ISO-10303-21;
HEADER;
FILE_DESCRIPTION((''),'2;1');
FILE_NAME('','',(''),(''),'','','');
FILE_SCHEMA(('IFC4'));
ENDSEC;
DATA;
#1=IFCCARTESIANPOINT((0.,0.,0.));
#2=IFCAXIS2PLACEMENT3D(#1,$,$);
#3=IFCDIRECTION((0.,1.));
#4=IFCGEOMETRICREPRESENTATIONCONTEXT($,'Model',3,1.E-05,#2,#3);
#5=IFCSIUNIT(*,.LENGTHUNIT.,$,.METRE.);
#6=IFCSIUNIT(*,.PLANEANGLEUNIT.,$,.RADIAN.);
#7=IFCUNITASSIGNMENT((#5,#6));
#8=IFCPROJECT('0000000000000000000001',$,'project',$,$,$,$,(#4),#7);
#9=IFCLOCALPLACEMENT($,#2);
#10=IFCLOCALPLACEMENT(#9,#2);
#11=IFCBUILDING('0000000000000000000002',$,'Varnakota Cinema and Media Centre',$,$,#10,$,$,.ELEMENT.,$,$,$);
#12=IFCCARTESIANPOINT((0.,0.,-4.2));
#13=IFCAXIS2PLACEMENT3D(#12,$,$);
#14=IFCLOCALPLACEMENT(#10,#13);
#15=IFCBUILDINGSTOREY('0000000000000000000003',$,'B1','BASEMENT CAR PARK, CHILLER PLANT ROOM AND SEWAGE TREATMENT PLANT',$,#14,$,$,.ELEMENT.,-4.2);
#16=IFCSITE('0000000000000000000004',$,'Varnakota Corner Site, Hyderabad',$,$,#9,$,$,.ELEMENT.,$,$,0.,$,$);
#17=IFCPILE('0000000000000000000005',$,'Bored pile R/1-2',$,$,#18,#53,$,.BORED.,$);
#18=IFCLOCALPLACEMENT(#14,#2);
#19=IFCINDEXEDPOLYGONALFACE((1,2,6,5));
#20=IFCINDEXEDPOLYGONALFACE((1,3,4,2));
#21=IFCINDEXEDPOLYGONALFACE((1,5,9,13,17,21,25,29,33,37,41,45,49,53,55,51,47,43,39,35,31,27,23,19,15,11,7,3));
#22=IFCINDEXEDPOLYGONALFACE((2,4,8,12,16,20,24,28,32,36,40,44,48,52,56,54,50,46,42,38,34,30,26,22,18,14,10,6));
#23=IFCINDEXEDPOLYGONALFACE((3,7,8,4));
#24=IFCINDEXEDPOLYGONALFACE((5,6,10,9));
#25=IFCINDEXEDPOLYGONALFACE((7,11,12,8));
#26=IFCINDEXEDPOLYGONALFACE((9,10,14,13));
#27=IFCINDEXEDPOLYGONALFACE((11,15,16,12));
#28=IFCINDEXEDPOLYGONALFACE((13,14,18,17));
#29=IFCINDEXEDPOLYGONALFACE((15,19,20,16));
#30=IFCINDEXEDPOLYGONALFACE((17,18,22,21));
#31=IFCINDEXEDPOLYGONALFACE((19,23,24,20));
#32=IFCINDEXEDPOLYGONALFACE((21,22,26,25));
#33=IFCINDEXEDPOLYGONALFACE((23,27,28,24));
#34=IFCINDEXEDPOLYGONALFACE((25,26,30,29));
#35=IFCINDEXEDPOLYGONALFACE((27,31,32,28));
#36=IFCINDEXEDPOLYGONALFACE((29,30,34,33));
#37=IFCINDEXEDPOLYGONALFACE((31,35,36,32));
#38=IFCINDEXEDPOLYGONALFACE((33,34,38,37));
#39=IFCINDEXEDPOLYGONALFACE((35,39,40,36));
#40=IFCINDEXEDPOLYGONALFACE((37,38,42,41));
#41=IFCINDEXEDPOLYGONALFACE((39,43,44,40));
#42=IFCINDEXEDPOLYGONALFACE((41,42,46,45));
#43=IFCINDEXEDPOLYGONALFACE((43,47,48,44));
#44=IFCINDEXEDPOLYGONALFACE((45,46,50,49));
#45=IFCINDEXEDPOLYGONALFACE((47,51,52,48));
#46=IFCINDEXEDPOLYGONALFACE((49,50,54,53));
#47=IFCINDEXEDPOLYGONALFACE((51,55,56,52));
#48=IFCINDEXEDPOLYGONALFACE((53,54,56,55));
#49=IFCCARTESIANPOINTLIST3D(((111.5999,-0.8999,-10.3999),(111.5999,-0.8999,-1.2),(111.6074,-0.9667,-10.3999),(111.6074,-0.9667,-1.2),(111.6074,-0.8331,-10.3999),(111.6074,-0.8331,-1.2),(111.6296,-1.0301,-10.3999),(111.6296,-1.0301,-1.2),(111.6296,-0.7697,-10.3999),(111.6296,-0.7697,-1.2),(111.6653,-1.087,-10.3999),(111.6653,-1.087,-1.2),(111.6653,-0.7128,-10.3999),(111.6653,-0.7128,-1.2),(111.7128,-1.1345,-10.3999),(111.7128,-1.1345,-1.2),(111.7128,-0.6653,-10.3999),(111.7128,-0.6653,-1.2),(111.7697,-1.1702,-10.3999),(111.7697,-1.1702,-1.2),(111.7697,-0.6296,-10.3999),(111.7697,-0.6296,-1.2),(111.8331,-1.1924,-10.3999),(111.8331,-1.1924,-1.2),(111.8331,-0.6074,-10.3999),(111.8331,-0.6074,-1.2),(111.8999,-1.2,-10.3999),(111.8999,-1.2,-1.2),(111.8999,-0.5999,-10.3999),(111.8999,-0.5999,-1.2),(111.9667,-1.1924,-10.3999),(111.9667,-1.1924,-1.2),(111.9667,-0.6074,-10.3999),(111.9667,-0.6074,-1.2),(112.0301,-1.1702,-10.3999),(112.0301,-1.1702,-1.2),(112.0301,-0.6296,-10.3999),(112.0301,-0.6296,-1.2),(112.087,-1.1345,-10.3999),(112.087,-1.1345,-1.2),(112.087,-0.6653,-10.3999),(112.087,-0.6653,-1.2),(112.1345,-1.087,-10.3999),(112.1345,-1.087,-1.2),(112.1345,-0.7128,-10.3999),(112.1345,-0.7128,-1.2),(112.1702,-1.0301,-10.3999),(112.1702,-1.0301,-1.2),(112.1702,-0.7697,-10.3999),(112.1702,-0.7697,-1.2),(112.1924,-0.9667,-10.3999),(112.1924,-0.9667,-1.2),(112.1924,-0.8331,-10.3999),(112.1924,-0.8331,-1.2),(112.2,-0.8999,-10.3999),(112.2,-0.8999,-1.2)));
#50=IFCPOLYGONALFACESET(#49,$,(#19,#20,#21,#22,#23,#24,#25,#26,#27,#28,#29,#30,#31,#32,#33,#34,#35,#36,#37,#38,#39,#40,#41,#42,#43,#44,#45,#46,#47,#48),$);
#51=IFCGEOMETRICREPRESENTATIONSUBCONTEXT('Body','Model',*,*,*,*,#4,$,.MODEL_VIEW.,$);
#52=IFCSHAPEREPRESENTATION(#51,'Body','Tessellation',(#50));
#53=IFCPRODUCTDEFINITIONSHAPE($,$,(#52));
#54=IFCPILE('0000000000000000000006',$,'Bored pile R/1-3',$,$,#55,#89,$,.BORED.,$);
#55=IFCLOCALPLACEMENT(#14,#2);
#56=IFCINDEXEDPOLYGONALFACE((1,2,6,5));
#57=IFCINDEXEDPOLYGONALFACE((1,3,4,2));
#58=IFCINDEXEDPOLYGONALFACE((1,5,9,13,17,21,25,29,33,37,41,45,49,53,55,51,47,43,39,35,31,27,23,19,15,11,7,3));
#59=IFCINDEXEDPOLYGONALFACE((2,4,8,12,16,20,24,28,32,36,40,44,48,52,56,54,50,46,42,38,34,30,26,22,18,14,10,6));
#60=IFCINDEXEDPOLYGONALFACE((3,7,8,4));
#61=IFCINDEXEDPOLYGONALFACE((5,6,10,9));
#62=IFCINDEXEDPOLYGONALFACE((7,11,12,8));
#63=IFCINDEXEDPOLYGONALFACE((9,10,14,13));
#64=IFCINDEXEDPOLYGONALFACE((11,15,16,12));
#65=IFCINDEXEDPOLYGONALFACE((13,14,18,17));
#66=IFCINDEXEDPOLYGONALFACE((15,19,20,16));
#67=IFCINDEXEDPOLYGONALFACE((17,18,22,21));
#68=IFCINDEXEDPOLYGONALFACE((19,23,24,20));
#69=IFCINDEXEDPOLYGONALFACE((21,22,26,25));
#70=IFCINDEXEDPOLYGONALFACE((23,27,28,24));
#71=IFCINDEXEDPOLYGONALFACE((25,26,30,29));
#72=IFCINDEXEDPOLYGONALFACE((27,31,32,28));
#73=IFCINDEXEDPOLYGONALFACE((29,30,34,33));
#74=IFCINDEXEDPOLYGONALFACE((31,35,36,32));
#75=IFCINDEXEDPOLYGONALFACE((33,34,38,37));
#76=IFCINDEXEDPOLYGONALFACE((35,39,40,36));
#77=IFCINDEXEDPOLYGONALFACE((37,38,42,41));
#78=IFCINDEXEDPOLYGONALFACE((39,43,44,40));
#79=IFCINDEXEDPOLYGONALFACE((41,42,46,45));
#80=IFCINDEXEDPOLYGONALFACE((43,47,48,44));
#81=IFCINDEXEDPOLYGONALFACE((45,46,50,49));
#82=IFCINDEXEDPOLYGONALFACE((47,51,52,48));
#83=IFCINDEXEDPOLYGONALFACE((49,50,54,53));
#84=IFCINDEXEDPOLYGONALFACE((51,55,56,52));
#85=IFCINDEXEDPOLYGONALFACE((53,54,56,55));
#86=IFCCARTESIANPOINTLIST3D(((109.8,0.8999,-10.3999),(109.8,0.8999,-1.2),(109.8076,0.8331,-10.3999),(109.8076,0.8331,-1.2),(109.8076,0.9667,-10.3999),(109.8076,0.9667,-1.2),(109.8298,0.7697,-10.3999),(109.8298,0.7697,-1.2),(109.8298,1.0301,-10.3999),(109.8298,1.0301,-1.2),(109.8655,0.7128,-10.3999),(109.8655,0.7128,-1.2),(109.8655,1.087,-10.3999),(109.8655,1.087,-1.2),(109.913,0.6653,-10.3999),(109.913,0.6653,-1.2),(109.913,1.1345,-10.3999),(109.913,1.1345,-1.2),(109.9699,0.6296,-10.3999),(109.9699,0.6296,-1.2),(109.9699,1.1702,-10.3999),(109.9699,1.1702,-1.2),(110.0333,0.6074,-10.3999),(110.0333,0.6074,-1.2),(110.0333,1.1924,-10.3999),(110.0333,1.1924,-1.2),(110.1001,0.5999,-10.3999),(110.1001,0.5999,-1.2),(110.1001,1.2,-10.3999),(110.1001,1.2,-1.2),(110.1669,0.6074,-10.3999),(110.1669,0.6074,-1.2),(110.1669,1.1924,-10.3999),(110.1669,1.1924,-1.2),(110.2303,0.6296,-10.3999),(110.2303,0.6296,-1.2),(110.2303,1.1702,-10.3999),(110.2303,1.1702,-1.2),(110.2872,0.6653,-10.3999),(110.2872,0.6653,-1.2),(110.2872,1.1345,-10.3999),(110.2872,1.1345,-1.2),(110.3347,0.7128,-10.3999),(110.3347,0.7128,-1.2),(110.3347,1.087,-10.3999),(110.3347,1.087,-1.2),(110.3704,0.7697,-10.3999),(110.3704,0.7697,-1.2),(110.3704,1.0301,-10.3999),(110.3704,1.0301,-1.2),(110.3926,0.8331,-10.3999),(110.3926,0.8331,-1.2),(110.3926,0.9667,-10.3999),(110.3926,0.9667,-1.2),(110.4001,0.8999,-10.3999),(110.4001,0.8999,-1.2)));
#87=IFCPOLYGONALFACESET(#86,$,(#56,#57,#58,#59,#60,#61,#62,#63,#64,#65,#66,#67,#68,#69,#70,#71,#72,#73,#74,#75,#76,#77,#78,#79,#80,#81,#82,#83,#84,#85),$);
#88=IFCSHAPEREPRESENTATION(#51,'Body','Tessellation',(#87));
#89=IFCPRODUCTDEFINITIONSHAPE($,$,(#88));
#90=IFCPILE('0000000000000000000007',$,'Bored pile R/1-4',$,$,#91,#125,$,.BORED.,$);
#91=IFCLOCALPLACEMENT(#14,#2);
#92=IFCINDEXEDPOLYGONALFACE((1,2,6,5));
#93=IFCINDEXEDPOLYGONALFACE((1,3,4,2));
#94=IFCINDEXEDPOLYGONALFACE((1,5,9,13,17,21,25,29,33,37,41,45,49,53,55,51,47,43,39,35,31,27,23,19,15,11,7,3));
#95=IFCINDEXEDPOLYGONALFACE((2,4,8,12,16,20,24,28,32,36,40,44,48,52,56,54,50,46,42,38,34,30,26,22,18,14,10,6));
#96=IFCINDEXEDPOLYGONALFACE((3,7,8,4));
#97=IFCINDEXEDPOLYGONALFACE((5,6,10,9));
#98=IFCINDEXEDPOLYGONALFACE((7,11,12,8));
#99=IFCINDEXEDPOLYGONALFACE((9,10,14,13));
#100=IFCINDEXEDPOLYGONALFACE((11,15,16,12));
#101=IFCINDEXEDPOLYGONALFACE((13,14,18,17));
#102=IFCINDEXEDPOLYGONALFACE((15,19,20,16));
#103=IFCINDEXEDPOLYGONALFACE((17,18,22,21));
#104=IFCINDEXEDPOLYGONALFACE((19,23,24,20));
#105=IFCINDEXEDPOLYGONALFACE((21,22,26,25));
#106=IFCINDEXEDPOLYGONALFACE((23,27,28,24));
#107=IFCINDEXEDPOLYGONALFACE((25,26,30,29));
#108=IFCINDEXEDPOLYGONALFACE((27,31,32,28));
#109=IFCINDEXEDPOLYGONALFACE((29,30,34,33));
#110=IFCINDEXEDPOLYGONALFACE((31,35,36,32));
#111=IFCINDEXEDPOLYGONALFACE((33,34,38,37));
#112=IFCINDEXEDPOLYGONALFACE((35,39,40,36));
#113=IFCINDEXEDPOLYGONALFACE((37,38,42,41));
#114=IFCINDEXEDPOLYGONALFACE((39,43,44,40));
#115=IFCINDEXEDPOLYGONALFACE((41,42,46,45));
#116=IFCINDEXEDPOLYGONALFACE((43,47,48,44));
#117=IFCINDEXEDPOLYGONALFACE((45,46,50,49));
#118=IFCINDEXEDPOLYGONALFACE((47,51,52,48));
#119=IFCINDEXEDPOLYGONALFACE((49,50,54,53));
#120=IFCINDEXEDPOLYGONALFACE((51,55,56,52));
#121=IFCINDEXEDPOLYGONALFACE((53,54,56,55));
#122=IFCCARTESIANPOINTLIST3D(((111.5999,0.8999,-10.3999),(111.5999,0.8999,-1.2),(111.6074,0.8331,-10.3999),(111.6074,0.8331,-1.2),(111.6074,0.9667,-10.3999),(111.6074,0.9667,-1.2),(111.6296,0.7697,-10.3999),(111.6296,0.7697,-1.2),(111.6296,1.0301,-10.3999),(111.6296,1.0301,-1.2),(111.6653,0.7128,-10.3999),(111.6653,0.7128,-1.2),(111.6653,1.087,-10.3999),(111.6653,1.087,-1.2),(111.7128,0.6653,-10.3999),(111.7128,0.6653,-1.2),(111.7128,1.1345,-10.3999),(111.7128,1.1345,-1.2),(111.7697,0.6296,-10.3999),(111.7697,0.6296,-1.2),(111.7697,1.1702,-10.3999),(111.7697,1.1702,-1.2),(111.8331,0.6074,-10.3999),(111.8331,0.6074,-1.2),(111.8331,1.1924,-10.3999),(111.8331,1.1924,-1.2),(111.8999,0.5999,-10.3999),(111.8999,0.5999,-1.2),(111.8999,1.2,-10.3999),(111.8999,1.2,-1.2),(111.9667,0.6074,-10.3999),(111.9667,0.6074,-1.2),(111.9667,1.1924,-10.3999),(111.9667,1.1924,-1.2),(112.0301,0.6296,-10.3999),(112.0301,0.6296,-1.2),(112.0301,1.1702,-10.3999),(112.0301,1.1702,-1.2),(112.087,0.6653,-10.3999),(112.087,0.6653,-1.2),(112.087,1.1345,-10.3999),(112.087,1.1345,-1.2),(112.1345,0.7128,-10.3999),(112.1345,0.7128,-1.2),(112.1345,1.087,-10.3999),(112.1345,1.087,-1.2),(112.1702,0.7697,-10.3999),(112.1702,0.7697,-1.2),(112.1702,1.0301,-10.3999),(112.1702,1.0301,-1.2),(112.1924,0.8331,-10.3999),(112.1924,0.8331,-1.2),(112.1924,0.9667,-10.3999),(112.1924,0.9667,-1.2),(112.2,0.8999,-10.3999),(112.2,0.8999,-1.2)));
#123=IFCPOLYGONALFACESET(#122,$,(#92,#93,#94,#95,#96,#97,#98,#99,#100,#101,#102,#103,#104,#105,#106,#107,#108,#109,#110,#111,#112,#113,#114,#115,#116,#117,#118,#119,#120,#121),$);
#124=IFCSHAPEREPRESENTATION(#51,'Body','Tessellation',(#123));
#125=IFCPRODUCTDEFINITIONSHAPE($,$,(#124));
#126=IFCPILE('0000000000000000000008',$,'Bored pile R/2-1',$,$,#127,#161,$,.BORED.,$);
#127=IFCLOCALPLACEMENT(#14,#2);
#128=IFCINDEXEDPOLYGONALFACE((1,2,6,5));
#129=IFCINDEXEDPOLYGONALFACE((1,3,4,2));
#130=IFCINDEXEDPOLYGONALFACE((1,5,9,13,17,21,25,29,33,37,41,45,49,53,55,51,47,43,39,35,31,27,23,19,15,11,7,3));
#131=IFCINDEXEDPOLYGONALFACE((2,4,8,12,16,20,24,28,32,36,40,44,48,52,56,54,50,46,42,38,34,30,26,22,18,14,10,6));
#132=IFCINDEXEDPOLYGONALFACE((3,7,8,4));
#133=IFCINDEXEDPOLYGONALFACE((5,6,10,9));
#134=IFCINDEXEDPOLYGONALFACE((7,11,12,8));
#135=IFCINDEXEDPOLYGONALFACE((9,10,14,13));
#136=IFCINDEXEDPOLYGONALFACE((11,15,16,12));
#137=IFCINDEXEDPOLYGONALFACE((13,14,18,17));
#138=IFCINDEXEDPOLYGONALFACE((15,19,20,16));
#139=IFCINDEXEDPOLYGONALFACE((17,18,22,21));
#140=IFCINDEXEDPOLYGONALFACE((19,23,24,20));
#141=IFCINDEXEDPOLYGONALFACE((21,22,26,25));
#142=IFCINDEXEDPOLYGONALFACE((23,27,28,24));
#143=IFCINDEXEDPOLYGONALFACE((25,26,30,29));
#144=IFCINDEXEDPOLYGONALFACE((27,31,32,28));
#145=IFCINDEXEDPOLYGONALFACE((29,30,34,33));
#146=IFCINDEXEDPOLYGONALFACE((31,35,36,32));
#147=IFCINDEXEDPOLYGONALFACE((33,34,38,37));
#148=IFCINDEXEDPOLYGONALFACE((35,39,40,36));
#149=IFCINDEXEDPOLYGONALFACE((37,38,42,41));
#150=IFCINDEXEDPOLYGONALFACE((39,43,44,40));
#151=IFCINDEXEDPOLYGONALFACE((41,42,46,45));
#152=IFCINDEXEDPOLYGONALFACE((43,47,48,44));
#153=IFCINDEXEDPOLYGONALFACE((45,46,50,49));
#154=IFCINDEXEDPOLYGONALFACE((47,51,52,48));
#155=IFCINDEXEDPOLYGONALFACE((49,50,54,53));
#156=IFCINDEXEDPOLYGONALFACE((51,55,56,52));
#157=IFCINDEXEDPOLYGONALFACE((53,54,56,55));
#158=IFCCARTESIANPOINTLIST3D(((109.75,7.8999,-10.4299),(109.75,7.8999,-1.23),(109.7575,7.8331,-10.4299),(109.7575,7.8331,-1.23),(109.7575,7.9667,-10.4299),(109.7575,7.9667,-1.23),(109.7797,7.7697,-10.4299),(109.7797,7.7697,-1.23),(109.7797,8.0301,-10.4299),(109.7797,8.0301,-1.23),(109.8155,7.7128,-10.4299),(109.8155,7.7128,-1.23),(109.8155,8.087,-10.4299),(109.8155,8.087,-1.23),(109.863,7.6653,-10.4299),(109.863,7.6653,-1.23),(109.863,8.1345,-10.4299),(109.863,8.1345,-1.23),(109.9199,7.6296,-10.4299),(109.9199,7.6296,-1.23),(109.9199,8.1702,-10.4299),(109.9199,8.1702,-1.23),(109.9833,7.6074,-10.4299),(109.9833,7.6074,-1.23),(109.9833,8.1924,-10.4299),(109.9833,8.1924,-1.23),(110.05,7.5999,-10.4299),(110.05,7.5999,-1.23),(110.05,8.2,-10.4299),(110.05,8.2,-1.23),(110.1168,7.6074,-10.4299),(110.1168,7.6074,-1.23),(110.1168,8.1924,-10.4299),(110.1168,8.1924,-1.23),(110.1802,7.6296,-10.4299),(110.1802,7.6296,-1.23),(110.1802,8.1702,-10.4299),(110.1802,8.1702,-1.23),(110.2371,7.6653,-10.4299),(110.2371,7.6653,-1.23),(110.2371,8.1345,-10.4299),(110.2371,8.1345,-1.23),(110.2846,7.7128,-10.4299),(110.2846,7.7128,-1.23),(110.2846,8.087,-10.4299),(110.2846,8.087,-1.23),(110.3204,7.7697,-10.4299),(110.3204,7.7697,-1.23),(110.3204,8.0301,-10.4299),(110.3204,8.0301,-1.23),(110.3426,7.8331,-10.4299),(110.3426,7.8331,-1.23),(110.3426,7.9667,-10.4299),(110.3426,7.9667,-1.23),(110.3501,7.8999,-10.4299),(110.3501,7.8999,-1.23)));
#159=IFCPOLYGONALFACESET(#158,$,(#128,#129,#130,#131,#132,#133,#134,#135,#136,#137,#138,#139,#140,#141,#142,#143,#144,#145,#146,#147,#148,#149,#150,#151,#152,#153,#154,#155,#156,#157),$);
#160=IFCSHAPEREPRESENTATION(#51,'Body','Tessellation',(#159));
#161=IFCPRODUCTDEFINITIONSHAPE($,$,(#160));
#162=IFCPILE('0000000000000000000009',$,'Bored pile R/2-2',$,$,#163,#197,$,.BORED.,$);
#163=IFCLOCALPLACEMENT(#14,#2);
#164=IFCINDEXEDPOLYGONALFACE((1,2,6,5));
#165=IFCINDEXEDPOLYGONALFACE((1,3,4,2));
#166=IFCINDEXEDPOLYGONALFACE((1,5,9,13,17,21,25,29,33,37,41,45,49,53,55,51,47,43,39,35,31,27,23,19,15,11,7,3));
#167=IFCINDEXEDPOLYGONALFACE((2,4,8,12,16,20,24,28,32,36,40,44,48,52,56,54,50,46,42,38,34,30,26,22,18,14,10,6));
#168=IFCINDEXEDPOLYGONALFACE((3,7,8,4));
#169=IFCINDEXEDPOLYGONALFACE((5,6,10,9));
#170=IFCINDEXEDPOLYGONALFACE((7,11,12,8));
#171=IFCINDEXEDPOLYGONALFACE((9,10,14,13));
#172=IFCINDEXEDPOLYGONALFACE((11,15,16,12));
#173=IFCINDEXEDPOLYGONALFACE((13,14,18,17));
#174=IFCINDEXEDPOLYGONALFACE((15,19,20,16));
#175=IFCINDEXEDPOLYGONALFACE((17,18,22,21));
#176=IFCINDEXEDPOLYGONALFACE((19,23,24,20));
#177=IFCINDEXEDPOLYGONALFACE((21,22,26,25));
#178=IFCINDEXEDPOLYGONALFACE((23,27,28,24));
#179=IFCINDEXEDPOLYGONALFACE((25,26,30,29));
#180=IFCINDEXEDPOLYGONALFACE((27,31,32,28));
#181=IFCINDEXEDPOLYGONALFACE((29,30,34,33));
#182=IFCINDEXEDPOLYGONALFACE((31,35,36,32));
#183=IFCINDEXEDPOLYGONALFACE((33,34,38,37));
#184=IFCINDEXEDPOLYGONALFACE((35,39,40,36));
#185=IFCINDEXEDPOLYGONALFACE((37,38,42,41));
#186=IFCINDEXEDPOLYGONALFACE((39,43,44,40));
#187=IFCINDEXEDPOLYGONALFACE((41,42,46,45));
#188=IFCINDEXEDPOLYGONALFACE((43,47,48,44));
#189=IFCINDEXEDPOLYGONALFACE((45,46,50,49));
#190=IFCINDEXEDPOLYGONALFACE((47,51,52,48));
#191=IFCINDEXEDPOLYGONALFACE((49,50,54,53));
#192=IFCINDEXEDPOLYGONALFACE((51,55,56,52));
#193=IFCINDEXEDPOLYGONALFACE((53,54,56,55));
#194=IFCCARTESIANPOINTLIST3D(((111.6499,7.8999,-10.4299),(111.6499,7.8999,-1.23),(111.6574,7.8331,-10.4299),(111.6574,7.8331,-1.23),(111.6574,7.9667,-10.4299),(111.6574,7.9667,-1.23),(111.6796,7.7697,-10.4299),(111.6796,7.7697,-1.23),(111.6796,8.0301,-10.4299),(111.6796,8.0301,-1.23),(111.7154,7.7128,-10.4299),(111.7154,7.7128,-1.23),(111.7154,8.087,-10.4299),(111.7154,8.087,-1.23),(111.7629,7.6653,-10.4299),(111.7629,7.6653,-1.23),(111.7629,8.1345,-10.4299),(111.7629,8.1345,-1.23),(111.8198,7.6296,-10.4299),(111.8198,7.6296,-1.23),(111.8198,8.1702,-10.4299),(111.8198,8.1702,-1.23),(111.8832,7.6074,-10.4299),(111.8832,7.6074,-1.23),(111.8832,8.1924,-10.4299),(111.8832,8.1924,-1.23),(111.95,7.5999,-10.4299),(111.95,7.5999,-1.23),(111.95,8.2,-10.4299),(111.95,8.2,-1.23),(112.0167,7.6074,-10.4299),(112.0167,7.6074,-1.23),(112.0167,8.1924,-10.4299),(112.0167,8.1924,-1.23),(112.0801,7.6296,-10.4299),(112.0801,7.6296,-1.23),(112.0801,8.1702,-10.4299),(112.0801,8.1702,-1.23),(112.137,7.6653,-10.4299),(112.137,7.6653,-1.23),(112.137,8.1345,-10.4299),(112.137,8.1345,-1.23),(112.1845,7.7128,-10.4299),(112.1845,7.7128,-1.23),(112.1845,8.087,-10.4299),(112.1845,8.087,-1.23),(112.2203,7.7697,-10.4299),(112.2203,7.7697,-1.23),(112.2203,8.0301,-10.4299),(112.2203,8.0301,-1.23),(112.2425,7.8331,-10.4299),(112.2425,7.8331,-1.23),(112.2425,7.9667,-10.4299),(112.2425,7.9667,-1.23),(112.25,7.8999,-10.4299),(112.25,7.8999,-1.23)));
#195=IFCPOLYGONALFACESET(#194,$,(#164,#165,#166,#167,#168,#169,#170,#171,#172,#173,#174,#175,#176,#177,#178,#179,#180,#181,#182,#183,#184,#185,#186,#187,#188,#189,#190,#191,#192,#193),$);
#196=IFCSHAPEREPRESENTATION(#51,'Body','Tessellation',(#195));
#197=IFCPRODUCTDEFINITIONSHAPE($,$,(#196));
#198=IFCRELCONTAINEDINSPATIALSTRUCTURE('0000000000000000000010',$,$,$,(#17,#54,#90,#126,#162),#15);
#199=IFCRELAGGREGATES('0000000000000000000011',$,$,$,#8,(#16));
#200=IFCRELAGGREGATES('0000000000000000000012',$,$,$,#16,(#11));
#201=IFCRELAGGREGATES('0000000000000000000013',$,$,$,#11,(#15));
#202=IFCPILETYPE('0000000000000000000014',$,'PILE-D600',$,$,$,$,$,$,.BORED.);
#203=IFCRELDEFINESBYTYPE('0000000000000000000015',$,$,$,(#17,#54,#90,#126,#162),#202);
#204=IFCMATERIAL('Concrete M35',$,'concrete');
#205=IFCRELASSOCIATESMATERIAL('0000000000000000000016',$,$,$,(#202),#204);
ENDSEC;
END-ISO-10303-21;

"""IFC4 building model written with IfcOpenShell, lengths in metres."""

from ifc_helpers import new_model, si_unit, direction, frame, origin, origin_2d, place, context, subcontext, project, spatial, circle, extrude, material, material_profile, profile_set, type_object, element, save


model = new_model("IFC4")

# Units and contexts
model_context = context("Model", 3, precision=1e-05, world=origin(), true_north=direction((0.0, 1.0)))
body_context = subcontext(model_context, "Body", "Model", "MODEL_VIEW")
ifc_project = project(units=[si_unit("LENGTHUNIT", "METRE"), si_unit("PLANEANGLEUNIT", "RADIAN")], contexts=[model_context])

# Site, building, storey
site_placement = place(None, origin())
site = spatial("IfcSite", under=ifc_project, at=site_placement, Name="Varnakota Corner Site, Hyderabad", CompositionType="ELEMENT", RefElevation=0.0)
building_placement = place(site_placement, origin())
building = spatial("IfcBuilding", under=site, at=building_placement, Name="Varnakota Cinema and Media Centre", CompositionType="ELEMENT")
storey_placement = place(building_placement, frame((0.0, 0.0, -4.2)))
storey = spatial("IfcBuildingStorey", under=building, at=storey_placement, Name="B1", Description="BASEMENT CAR PARK, CHILLER PLANT ROOM AND SEWAGE TREATMENT PLANT", CompositionType="ELEMENT", Elevation=-4.2)

# Piles
ifc_material_1 = material(Name="Concrete M35", Category="concrete")
ifc_material_profile_1 = material_profile(ifc_material_1, circle(Radius=0.3, at=origin_2d()), Name="PILE D600")
ifc_profile_set_1 = profile_set([ifc_material_profile_1], Name="Concrete M35")
pile_type_1 = type_object("IfcPileType", Name="PILE-D600", PredefinedType="BORED", material=ifc_profile_set_1)
for number, where, z_axis, x_axis, name in (
    (1, (111.8999, -0.8999, -1.2), (0.0, 0.0, -1.0), (1.0, 0.0, 0.0), "Bored pile R/1-2"),
    (2, (110.1001, 0.8999, -1.2), (0.0, 0.0, -1.0), (1.0, 0.0, 0.0), "Bored pile R/1-3"),
    (3, (111.8999, 0.8999, -1.2), (0.0, 0.0, -1.0), (1.0, 0.0, 0.0), "Bored pile R/1-4"),
    (4, (110.05, 7.8999, -1.23), (0.0, 0.0, -1.0), (1.0, 0.0, 0.0), "Bored pile R/2-1"),
    (5, (111.95, 7.8999, -1.23), (0.0, 0.0, -1.0), (1.0, 0.0, 0.0), "Bored pile R/2-2"),
):
    element("IfcPile", number, at=place(storey_placement, frame(where, z_axis=z_axis, x_axis=x_axis)), inside=storey, type_object=pile_type_1, Name=name, PredefinedType="BORED", context=body_context, shape_type="SweptSolid", body=[
        extrude(circle(Radius=0.3, at=origin_2d()), origin(), (0.0, 0.0, 1.0), 9.2),
    ])

save(model, "model.ifc")
